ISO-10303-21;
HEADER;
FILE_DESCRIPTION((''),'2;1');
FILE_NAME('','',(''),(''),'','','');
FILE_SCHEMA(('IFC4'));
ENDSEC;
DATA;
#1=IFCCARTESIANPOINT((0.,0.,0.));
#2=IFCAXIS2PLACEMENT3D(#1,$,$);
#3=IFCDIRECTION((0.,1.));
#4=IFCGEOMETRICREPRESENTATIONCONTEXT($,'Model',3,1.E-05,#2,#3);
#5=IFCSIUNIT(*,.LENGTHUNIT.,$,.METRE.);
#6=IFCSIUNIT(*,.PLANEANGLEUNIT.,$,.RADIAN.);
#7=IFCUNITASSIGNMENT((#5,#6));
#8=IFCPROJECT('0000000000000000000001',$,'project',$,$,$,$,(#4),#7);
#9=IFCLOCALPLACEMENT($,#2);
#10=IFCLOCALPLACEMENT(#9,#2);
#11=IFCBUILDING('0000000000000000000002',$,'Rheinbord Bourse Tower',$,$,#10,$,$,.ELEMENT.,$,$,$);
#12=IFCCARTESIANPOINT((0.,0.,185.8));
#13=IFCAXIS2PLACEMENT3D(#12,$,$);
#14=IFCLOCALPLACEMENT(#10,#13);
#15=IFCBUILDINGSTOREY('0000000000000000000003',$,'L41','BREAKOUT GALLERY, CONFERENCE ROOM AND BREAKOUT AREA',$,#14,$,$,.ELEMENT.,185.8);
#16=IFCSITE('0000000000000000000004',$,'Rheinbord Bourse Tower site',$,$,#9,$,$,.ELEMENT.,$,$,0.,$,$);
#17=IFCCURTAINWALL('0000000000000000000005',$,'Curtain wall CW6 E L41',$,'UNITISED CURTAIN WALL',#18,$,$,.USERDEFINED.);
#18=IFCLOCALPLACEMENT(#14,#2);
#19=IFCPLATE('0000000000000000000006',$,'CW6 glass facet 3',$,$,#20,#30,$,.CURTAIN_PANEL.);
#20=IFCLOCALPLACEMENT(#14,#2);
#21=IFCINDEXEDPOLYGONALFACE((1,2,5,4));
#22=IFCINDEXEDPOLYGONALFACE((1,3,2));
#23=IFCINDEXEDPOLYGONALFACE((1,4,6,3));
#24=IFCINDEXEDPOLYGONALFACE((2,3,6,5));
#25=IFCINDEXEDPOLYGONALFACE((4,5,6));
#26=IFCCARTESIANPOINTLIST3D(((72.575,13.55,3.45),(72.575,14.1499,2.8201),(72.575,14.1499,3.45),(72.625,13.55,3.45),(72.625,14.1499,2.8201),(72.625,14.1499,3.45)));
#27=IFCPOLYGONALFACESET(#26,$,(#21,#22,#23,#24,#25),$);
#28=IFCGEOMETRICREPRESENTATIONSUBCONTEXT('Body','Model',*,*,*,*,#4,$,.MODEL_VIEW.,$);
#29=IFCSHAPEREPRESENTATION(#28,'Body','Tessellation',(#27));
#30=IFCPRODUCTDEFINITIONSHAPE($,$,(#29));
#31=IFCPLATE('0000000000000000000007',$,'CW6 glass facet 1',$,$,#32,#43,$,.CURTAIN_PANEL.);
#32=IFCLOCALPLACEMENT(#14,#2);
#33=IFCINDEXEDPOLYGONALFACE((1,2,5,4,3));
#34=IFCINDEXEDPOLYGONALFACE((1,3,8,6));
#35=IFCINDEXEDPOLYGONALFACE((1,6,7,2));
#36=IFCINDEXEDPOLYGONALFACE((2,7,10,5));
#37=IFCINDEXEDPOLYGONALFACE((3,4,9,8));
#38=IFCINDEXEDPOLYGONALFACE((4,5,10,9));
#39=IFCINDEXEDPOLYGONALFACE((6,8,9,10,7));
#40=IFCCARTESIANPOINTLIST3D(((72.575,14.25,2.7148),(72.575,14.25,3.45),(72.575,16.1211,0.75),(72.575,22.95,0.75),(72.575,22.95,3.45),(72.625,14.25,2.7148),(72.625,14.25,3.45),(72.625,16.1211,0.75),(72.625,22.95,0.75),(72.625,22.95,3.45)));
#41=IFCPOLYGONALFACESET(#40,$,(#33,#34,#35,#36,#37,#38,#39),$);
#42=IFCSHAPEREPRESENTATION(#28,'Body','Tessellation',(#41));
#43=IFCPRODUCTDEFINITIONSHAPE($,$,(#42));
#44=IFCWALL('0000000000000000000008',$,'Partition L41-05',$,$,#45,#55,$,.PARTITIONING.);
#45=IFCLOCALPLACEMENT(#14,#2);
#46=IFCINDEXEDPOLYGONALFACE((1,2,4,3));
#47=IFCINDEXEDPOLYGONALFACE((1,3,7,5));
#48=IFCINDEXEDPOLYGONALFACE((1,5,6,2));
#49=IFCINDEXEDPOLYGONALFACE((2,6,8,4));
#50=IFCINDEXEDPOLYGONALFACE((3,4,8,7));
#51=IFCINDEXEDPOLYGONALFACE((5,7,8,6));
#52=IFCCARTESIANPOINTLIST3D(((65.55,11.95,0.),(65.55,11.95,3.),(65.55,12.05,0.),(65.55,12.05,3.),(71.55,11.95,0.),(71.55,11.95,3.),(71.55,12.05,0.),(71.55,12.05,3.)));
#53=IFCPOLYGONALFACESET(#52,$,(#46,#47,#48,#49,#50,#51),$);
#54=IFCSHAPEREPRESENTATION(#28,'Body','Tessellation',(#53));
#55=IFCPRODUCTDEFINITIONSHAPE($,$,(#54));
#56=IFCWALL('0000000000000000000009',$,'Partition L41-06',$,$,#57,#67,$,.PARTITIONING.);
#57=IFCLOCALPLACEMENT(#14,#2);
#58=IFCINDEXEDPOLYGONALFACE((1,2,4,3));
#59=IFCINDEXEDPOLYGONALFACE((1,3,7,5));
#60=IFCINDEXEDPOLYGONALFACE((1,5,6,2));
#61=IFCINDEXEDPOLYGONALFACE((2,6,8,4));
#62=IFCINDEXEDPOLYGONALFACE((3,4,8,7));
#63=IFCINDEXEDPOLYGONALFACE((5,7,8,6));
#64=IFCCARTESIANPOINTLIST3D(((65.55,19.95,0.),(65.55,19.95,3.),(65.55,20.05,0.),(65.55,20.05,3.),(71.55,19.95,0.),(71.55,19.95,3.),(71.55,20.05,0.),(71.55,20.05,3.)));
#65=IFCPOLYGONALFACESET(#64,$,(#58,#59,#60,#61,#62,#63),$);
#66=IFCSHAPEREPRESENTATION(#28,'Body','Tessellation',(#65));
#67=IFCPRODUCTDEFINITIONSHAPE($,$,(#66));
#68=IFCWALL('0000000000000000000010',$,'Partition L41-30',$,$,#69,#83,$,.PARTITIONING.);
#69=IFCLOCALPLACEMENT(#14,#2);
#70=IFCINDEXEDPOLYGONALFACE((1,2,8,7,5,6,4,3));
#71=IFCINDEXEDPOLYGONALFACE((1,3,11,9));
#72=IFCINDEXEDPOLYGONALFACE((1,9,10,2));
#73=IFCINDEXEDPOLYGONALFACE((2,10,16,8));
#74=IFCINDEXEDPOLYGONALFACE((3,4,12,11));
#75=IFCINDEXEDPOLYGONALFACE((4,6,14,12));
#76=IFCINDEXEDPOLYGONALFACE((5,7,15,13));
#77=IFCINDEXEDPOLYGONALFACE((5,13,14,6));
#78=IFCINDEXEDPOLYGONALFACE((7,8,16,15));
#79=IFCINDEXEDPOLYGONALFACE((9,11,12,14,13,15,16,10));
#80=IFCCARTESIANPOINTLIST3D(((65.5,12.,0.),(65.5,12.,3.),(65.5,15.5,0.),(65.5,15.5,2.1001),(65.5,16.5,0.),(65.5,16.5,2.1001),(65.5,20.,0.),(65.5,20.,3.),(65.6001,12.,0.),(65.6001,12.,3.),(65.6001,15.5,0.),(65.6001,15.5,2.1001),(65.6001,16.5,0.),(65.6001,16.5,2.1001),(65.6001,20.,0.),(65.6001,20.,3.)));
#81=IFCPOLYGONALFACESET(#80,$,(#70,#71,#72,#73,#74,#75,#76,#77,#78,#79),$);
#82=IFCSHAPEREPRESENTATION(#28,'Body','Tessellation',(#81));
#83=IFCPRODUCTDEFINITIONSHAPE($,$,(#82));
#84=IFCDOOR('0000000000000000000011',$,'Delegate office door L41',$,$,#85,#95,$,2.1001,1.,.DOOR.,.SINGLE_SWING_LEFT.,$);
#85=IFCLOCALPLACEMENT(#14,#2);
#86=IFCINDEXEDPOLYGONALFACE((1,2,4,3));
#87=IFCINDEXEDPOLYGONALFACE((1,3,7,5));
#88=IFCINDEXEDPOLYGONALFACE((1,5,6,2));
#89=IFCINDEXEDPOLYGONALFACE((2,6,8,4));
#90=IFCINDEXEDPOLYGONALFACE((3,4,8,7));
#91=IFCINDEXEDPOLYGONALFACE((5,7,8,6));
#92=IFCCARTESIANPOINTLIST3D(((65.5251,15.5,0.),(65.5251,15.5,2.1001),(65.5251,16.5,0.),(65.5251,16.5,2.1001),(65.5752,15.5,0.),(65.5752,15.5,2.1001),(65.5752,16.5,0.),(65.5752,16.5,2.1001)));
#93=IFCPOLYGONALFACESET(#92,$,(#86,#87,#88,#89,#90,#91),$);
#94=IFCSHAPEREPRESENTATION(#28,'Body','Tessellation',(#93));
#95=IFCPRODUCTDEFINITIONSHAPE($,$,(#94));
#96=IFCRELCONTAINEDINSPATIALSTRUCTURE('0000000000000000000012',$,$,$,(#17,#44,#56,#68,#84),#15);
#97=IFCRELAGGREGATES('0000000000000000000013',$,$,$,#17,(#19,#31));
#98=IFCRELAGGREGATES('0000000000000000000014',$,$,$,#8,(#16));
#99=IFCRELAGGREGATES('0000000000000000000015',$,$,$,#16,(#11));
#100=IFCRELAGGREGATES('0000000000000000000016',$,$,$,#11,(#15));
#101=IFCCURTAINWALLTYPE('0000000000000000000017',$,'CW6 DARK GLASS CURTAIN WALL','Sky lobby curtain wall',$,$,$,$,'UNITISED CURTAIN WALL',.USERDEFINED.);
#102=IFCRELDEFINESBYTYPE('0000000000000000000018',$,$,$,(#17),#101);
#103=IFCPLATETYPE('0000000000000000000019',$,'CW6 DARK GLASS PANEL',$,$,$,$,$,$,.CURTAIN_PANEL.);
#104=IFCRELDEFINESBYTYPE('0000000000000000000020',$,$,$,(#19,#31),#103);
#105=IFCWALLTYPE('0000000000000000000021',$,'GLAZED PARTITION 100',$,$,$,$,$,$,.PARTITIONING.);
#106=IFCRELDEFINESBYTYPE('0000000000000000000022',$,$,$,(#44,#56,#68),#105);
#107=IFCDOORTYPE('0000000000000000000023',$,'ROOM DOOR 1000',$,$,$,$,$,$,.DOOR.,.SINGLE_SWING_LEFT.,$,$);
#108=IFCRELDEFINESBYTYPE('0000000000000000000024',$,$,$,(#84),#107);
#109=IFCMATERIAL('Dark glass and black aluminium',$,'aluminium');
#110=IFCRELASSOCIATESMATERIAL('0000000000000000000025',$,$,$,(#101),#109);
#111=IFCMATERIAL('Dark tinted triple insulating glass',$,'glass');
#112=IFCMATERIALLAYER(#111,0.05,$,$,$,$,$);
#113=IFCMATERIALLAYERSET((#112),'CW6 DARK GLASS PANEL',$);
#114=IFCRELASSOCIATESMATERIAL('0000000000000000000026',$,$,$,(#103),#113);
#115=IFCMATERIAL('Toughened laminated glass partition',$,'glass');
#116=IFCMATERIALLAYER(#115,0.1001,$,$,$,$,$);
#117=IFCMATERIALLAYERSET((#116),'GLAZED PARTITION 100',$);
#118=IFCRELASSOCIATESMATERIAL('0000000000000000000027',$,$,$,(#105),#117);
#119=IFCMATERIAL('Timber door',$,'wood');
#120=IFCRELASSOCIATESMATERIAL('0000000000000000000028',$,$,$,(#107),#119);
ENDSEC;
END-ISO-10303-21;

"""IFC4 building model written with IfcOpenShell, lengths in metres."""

from ifc_helpers import new_model, si_unit, direction, frame, frame_2d, origin, place, context, subcontext, project, spatial, polyline, rectangle, outline, extrude, material, layer, layer_set, type_object, element, fill, aggregate, save


model = new_model("IFC4")

# Units and contexts
model_context = context("Model", 3, precision=1e-05, world=origin(), true_north=direction((0.0, 1.0)))
body_context = subcontext(model_context, "Body", "Model", "MODEL_VIEW")
ifc_project = project(units=[si_unit("LENGTHUNIT", "METRE"), si_unit("PLANEANGLEUNIT", "RADIAN")], contexts=[model_context])

# Site, building, storey
site_placement = place(None, origin())
site = spatial("IfcSite", under=ifc_project, at=site_placement, Name="Rheinbord Bourse Tower site", CompositionType="ELEMENT", RefElevation=0.0)
building_placement = place(site_placement, origin())
building = spatial("IfcBuilding", under=site, at=building_placement, Name="Rheinbord Bourse Tower", CompositionType="ELEMENT")
storey_placement = place(building_placement, frame((0.0, 0.0, 185.8)))
storey = spatial("IfcBuildingStorey", under=building, at=storey_placement, Name="L41", Description="BREAKOUT GALLERY, CONFERENCE ROOM AND BREAKOUT AREA", CompositionType="ELEMENT", Elevation=185.8)

# Curtain wall
ifc_material_1 = material(Name="Dark glass and black aluminium", Category="aluminium")
curtain_wall_type = type_object("IfcCurtainWallType", Name="CW6 DARK GLASS CURTAIN WALL", Description="Sky lobby curtain wall", ElementType="UNITISED CURTAIN WALL", PredefinedType="USERDEFINED", material=ifc_material_1)
curtain_wall_placement = place(storey_placement, origin())
curtain_wall = element("IfcCurtainWall", 1, at=curtain_wall_placement, inside=storey, type_object=curtain_wall_type, Name="Curtain wall CW6 E L41", ObjectType="UNITISED CURTAIN WALL", PredefinedType="USERDEFINED")

# Plates
ifc_material_2 = material(Name="Dark tinted triple insulating glass", Category="glass")
ifc_layer_1 = layer(ifc_material_2, 0.05)
ifc_layer_set_1 = layer_set([ifc_layer_1], Name="CW6 DARK GLASS PANEL")
plate_type = type_object("IfcPlateType", Name="CW6 DARK GLASS PANEL", PredefinedType="CURTAIN_PANEL", material=ifc_layer_set_1)
plate_1_placement = place(storey_placement, frame((72.625, 14.1499, 3.45), z_axis=(-1.0, 0.0, 0.0), x_axis=(0.0, 0.0, -1.0)))
plate_1 = element("IfcPlate", 2, at=plate_1_placement, type_object=plate_type, Name="CW6 glass facet 3", PredefinedType="CURTAIN_PANEL", context=body_context, shape_type="SweptSolid", body=[
    extrude(outline(polyline([(0.0, 0.0), (0.6299, 0.0), (0.0, 0.5999), (0.0, 0.0)])), origin(), (0.0, 0.0, 1.0), 0.05),
])
plate_2_placement = place(storey_placement, frame((72.625, 14.25, 3.45), z_axis=(-1.0, 0.0, 0.0), x_axis=(0.0, 1.0, 0.0)))
plate_2 = element("IfcPlate", 3, at=plate_2_placement, type_object=plate_type, Name="CW6 glass facet 1", PredefinedType="CURTAIN_PANEL", context=body_context, shape_type="SweptSolid", body=[
    extrude(outline(polyline([(0.0, 0.0), (8.7, 0.0), (8.7, 2.7), (1.8711, 2.7), (0.0, 0.7351), (0.0, 0.0)])), origin(), (0.0, 0.0, 1.0), 0.05),
])
aggregate(curtain_wall, [plate_1, plate_2])

# Walls
ifc_material_3 = material(Name="Toughened laminated glass partition", Category="glass")
ifc_layer_2 = layer(ifc_material_3, 0.1001)
ifc_layer_set_2 = layer_set([ifc_layer_2], Name="GLAZED PARTITION 100")
wall_type = type_object("IfcWallType", Name="GLAZED PARTITION 100", PredefinedType="PARTITIONING", material=ifc_layer_set_2)
for number, where, z_axis, x_axis, name in (
    (4, (65.55, 12.0, 0.0), (0.0, 0.0, 1.0), (1.0, 0.0, 0.0), "Partition L41-05"),
    (5, (65.55, 20.0, 0.0), (0.0, 0.0, 1.0), (1.0, 0.0, 0.0), "Partition L41-06"),
):
    element("IfcWall", number, at=place(storey_placement, frame(where, z_axis=z_axis, x_axis=x_axis)), inside=storey, type_object=wall_type, Name=name, PredefinedType="PARTITIONING", context=body_context, shape_type="SweptSolid", body=[
        extrude(rectangle(XDim=6.0, YDim=0.1001, at=frame_2d((3.0, 0.0))), origin(), (0.0, 0.0, 1.0), 3.0),
    ])

# Wall, opening, door
wall_placement = place(storey_placement, frame((65.55, 12.0, 0.0), z_axis=(0.0, 0.0, 1.0), x_axis=(0.0, 1.0, 0.0)))
wall = element("IfcWall", 6, at=wall_placement, inside=storey, type_object=wall_type, Name="Partition L41-30", PredefinedType="PARTITIONING", context=body_context, shape_type="SweptSolid", body=[
    extrude(rectangle(XDim=8.0, YDim=0.1001, at=frame_2d((4.0, 0.0))), origin(), (0.0, 0.0, 1.0), 3.0),
])
opening_placement = place(wall_placement, frame((3.5, 0.0, 0.0)))
opening = element("IfcOpeningElement", 7, at=opening_placement, cuts=wall, PredefinedType="OPENING", context=body_context, shape_type="SweptSolid", body=[
    extrude(rectangle(XDim=1.0, YDim=2.1001, at=frame_2d((0.5, 1.05))), frame((0.0, 0.0601, 0.0), z_axis=(0.0, -1.0, 0.0), x_axis=(1.0, 0.0, 0.0)), (0.0, 0.0, 1.0), 0.1201),
])
ifc_material_4 = material(Name="Timber door", Category="wood")
door_type = type_object("IfcDoorType", Name="ROOM DOOR 1000", OperationType="SINGLE_SWING_LEFT", PredefinedType="DOOR", material=ifc_material_4)
door_placement = place(opening_placement, origin())
door = element("IfcDoor", 8, at=door_placement, inside=storey, type_object=door_type, Name="Delegate office door L41", OperationType="SINGLE_SWING_LEFT", OverallHeight=2.1001, OverallWidth=1.0, PredefinedType="DOOR", context=body_context, shape_type="SweptSolid", body=[
    extrude(rectangle(XDim=1.0, YDim=2.1001, at=frame_2d((0.5, 1.05))), frame((0.0, 0.0249, 0.0), z_axis=(0.0, -1.0, 0.0), x_axis=(1.0, 0.0, 0.0)), (0.0, 0.0, 1.0), 0.05),
])
fill(opening, door)

save(model, "model.ifc")
